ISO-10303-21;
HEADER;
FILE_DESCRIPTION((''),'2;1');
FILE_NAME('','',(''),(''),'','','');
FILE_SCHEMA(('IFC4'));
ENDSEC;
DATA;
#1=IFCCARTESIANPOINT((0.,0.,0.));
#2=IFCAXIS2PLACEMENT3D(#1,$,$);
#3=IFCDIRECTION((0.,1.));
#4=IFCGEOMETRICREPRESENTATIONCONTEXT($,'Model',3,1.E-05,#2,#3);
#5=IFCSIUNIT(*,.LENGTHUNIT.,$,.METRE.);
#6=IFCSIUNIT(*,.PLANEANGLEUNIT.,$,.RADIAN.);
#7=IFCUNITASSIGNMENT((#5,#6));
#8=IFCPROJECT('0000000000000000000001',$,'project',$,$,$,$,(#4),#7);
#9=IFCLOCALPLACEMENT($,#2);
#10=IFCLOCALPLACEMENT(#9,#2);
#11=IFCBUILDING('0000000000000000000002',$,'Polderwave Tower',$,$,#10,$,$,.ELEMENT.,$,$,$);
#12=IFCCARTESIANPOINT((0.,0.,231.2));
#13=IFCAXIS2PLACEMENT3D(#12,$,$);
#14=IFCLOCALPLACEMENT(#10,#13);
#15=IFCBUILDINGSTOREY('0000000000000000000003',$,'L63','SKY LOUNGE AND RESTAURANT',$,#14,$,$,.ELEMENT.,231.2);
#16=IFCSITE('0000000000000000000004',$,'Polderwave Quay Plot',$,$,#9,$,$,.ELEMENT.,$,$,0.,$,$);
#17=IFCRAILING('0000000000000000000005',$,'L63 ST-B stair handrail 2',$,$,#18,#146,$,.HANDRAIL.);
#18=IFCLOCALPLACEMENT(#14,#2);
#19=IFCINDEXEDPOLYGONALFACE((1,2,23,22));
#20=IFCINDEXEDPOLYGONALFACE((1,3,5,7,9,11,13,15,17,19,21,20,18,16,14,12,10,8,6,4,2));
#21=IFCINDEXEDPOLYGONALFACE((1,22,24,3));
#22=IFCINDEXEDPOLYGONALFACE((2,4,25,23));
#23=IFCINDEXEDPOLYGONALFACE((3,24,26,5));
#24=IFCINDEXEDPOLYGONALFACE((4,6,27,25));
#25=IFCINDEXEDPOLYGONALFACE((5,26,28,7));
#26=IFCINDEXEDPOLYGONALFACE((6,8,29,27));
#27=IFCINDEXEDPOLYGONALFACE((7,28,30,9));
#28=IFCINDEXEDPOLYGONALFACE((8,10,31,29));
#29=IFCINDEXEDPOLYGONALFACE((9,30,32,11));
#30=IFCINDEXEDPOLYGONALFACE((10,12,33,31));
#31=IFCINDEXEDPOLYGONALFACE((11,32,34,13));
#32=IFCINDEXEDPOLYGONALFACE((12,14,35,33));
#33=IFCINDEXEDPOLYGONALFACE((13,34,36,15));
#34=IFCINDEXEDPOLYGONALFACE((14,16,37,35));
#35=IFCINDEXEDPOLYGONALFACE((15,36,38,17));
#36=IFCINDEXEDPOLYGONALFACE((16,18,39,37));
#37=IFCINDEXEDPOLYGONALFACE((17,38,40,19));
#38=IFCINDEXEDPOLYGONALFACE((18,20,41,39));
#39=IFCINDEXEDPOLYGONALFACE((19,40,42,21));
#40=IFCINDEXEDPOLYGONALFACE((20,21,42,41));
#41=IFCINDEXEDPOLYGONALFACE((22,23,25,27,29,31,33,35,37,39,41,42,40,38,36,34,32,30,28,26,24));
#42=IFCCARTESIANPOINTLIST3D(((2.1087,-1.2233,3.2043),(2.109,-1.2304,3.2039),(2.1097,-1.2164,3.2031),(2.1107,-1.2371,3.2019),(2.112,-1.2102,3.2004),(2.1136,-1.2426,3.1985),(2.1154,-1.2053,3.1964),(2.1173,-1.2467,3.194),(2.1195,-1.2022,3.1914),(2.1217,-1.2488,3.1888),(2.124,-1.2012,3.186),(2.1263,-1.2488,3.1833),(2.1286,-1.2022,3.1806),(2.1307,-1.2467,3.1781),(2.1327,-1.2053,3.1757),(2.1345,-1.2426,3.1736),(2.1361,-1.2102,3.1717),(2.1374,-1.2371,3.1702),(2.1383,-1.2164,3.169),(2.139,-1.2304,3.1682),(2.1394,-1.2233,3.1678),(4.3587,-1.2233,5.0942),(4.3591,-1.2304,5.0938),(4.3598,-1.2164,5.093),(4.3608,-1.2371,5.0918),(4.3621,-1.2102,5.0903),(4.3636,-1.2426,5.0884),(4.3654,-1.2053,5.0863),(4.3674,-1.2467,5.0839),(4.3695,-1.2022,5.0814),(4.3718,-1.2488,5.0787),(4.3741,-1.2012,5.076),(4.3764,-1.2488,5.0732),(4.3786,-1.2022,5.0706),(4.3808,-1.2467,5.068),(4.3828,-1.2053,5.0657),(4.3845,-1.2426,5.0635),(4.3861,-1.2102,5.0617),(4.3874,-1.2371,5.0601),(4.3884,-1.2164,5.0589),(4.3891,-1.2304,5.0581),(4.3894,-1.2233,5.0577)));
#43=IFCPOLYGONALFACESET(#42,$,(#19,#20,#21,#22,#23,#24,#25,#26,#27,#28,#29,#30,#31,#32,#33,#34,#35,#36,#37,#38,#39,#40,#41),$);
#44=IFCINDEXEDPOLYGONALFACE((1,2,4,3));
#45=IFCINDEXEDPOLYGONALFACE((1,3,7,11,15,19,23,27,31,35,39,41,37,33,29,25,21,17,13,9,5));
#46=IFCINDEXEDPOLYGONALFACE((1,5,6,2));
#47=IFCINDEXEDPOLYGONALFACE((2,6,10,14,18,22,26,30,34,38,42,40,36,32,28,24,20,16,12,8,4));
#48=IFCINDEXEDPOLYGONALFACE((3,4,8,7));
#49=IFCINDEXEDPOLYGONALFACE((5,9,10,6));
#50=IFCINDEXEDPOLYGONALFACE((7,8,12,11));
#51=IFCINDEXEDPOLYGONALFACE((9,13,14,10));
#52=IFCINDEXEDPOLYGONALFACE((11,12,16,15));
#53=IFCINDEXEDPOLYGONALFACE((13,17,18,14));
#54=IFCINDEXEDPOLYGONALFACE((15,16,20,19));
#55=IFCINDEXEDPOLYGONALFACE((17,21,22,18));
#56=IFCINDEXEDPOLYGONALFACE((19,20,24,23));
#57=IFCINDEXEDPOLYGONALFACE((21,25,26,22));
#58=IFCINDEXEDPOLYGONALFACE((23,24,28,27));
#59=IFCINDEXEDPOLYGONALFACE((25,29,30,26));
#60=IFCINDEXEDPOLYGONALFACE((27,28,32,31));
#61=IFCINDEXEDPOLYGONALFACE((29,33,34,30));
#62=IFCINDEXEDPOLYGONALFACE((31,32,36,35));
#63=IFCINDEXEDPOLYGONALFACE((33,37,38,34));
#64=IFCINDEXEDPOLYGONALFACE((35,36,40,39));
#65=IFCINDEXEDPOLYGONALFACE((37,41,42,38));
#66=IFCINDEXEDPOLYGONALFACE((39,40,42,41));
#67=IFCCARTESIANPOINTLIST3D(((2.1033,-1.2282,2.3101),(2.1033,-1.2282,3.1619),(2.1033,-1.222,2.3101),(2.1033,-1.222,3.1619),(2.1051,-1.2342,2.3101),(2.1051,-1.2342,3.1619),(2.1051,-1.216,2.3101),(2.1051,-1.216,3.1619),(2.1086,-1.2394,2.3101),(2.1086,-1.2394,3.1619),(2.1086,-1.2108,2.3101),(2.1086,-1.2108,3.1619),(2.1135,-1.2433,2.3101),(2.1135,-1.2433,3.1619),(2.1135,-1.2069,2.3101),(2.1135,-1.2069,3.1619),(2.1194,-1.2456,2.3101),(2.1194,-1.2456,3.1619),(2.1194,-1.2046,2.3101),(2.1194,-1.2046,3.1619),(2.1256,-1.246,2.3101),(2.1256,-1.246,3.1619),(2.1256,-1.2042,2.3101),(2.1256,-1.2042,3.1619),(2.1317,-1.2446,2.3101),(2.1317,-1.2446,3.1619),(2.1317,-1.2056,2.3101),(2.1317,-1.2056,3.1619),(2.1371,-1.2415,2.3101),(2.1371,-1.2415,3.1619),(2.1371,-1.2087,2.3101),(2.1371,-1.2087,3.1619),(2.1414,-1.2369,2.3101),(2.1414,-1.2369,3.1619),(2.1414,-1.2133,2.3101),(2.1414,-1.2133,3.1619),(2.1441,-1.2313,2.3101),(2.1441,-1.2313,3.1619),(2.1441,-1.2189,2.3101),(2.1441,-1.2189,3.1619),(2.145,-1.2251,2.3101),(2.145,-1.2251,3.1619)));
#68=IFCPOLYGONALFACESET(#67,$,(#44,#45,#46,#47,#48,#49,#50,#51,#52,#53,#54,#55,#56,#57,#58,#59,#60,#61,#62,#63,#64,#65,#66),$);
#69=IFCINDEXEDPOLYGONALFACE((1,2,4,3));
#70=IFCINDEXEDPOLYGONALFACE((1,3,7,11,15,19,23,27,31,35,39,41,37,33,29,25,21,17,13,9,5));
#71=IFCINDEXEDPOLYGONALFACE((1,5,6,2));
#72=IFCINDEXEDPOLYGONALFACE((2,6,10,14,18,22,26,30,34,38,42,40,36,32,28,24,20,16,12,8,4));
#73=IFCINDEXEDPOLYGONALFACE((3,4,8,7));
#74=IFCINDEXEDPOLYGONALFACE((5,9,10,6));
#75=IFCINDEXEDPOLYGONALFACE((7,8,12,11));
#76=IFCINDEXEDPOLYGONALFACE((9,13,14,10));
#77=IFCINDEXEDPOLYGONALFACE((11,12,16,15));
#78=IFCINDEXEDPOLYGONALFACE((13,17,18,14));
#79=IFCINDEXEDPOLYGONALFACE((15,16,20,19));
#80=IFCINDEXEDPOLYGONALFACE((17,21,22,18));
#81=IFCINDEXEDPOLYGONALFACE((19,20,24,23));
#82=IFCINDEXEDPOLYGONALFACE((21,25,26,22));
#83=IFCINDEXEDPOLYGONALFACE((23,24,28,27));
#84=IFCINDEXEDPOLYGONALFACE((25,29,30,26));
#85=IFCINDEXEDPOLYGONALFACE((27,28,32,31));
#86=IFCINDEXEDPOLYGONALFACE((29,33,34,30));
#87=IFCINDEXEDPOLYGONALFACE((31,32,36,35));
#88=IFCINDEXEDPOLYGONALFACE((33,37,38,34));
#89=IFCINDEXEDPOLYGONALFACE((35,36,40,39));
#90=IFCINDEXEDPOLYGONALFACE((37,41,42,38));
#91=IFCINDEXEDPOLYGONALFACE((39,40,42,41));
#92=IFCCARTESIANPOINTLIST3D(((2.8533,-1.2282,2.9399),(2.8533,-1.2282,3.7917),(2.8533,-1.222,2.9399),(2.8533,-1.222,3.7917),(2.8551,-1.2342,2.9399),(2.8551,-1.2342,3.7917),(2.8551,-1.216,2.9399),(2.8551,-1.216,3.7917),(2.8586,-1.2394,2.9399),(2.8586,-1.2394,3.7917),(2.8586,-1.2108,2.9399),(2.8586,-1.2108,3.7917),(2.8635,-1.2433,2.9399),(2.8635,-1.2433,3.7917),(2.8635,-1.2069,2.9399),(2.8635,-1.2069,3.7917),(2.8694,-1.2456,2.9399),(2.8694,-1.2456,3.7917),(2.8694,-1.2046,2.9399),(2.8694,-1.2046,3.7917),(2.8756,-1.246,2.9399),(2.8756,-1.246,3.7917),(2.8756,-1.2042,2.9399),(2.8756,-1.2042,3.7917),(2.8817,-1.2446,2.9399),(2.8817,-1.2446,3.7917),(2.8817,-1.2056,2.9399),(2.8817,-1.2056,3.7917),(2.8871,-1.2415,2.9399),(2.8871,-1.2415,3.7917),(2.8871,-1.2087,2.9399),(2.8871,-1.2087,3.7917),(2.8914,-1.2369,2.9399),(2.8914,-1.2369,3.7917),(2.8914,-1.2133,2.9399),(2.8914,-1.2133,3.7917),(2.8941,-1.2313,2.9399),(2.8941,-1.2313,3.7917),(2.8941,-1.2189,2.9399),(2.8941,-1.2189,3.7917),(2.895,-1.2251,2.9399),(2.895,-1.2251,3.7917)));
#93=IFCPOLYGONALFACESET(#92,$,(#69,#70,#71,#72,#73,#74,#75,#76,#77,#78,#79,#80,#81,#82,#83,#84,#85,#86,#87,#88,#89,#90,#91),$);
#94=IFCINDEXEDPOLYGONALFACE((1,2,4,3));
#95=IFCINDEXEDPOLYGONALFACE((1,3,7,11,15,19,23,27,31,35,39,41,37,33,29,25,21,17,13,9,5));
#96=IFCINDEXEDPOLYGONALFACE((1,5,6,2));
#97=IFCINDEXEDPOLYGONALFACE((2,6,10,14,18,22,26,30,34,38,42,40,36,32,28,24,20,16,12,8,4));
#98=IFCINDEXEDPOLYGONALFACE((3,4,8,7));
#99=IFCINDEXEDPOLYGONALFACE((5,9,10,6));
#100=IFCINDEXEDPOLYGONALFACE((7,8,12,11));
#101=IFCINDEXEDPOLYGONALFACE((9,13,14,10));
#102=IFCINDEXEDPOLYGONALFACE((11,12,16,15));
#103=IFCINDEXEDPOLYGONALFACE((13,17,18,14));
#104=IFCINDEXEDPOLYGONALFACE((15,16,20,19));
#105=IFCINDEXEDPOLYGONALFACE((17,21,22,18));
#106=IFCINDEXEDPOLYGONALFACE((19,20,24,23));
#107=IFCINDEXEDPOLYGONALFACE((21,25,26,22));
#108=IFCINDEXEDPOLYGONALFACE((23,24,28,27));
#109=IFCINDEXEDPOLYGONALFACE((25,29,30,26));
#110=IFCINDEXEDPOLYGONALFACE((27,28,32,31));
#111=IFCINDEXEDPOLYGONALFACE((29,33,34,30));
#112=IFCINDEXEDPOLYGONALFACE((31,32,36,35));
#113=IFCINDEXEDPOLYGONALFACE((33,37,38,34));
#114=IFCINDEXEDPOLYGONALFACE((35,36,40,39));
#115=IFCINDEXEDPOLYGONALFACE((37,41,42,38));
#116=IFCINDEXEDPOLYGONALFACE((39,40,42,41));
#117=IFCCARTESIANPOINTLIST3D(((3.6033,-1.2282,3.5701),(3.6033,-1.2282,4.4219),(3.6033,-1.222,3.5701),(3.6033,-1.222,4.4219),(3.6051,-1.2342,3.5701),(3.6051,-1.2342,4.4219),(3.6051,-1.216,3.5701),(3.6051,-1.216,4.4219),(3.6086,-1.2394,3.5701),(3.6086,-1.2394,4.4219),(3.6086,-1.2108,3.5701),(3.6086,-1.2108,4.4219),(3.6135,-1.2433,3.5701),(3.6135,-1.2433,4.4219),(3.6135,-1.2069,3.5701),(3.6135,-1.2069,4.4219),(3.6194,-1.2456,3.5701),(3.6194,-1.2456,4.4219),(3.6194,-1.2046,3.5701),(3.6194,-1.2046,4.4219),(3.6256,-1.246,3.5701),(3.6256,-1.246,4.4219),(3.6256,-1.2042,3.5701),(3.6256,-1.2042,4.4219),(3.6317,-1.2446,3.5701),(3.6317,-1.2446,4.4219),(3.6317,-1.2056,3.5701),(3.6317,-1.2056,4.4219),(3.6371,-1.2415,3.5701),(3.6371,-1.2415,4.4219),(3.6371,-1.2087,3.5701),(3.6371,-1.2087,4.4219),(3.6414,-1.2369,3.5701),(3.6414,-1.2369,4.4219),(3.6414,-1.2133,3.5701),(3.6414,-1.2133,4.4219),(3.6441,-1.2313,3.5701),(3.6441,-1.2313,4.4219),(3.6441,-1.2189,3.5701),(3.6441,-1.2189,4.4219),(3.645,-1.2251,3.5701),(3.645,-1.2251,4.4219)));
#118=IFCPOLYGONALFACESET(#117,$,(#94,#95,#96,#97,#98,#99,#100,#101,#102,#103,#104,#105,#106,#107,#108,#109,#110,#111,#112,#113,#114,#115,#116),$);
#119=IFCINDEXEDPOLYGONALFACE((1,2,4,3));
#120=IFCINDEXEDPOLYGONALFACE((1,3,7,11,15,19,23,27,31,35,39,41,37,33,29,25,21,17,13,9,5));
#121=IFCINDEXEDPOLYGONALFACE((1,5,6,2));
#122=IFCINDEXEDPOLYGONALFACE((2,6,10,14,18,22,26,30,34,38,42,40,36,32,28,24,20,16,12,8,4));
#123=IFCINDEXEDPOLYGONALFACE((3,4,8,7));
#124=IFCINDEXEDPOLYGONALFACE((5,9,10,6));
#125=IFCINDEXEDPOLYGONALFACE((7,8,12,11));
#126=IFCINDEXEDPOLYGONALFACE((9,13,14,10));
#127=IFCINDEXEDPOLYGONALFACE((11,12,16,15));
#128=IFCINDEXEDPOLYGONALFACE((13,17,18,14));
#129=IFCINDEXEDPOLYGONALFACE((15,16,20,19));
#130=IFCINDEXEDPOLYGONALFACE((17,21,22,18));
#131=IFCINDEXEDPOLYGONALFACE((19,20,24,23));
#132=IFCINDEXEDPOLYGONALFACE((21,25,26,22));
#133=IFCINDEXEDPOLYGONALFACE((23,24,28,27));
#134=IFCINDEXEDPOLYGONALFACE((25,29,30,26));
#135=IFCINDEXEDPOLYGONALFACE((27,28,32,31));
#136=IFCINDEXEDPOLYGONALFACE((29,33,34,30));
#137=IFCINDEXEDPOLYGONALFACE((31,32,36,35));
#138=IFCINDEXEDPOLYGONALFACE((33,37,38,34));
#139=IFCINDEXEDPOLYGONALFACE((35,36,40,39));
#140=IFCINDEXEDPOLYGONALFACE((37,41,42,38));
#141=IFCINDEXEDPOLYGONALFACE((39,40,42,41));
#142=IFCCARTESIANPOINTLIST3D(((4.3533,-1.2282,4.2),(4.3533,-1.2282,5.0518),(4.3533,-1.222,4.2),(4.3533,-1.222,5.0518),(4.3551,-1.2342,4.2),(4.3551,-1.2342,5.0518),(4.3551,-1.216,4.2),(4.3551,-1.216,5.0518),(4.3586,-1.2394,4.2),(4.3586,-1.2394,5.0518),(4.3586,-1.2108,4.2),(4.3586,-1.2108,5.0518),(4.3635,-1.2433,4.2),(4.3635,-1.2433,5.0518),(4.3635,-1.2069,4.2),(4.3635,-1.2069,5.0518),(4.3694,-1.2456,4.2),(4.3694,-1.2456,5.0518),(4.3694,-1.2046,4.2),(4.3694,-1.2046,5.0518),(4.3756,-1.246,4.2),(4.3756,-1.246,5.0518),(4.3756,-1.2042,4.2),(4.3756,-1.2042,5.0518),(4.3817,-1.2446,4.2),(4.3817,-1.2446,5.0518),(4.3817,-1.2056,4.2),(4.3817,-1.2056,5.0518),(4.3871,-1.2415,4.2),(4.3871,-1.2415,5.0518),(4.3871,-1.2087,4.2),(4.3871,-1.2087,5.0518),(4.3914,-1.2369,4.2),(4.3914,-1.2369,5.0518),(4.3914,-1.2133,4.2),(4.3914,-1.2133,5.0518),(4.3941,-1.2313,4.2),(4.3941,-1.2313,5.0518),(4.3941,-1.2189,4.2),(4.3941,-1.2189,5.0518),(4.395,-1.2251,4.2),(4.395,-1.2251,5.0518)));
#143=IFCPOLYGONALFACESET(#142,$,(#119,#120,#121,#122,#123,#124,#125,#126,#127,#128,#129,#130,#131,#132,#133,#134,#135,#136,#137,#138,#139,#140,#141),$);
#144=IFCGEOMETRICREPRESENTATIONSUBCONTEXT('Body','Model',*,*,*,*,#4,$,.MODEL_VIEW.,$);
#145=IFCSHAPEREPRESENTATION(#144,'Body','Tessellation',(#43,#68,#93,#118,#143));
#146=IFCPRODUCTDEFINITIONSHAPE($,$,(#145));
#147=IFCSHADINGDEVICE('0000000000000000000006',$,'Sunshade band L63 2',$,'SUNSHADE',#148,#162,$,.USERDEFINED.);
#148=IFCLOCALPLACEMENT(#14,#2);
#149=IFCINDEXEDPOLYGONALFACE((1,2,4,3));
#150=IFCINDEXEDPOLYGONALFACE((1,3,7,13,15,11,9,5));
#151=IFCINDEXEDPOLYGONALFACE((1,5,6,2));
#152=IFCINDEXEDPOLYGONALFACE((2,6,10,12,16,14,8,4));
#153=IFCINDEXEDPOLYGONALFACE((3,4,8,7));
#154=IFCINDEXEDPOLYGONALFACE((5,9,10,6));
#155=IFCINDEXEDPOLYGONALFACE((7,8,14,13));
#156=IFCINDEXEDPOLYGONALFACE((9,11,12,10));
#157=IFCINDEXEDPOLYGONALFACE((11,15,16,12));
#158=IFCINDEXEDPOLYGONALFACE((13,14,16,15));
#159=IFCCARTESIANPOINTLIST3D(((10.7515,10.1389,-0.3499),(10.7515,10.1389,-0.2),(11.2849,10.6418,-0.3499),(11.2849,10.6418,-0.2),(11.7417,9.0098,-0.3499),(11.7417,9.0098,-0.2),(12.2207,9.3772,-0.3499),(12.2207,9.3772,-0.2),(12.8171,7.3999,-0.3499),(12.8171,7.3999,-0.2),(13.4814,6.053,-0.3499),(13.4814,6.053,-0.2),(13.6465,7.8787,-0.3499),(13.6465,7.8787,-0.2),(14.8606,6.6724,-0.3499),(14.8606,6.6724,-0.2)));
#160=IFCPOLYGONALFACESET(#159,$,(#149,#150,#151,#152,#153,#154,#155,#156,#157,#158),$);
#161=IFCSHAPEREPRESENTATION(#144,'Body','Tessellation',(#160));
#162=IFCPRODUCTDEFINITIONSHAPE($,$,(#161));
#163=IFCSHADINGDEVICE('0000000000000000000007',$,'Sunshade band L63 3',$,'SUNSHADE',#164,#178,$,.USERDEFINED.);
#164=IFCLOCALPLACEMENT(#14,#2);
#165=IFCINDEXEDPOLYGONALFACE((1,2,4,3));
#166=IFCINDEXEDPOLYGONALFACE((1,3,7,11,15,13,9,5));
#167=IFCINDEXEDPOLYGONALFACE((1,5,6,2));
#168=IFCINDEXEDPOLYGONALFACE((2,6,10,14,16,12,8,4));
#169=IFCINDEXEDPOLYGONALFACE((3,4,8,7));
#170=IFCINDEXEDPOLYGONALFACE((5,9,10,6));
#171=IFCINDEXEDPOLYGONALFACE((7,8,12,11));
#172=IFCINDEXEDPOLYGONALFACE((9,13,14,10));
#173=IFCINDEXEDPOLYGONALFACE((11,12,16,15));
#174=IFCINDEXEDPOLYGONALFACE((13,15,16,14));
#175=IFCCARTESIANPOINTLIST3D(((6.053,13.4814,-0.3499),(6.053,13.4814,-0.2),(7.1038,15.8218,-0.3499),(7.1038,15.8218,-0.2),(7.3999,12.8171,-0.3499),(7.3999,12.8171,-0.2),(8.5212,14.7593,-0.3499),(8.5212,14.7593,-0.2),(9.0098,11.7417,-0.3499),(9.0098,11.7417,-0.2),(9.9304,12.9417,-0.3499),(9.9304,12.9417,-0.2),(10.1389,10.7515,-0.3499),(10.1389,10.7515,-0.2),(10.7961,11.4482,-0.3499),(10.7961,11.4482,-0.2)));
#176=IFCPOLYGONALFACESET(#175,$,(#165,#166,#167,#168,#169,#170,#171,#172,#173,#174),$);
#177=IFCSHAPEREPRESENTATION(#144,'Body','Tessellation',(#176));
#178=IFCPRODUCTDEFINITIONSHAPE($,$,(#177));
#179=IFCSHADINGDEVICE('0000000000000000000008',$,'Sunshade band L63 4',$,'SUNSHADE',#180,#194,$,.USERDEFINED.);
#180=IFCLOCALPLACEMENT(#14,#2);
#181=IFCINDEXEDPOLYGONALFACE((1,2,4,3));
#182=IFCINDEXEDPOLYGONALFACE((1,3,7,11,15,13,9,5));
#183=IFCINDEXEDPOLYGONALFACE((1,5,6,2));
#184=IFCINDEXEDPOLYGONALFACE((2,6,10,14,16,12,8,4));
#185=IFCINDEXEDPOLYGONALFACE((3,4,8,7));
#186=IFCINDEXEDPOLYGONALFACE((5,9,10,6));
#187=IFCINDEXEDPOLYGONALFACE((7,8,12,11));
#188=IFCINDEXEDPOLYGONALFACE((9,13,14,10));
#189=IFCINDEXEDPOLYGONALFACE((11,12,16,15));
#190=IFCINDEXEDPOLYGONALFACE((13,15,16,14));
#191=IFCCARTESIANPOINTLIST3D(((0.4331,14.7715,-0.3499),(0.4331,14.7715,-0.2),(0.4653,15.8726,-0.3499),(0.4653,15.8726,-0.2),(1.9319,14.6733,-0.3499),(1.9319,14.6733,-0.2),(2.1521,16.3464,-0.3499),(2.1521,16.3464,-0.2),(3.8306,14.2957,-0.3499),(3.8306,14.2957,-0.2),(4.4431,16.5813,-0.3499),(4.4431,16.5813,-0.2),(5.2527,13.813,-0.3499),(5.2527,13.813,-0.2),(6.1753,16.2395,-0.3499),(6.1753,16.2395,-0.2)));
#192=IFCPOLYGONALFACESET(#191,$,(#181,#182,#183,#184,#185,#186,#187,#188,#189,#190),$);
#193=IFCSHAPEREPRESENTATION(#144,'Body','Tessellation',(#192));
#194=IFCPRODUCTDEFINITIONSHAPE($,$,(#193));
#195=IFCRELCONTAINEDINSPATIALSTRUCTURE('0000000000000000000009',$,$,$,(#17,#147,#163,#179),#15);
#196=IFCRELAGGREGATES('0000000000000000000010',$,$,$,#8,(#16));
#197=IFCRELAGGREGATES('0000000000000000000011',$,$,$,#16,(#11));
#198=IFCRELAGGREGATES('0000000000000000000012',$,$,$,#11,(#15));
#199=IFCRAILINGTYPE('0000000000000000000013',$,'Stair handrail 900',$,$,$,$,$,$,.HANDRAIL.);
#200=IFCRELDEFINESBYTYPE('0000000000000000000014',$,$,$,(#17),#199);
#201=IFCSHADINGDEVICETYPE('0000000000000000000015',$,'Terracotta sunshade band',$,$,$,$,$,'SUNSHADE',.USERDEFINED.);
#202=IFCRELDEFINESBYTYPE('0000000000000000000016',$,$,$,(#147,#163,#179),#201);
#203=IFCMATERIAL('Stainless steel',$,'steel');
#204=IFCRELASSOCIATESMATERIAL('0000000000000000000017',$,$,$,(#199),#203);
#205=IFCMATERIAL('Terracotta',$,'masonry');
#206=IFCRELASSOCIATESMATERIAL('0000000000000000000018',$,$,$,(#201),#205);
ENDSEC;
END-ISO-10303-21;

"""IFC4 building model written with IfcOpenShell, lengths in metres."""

from ifc_helpers import new_model, si_unit, direction, frame, origin, origin_2d, place, context, subcontext, project, spatial, polyline, circle, outline, extrude, material, type_object, element, save


model = new_model("IFC4")

# Units and contexts
model_context = context("Model", 3, precision=1e-05, world=origin(), true_north=direction((0.0, 1.0)))
body_context = subcontext(model_context, "Body", "Model", "MODEL_VIEW")
ifc_project = project(units=[si_unit("LENGTHUNIT", "METRE"), si_unit("PLANEANGLEUNIT", "RADIAN")], contexts=[model_context])

# Site, building, storey
site_placement = place(None, origin())
site = spatial("IfcSite", under=ifc_project, at=site_placement, Name="Polderwave Quay Plot", CompositionType="ELEMENT", RefElevation=0.0)
building_placement = place(site_placement, origin())
building = spatial("IfcBuilding", under=site, at=building_placement, Name="Polderwave Tower", CompositionType="ELEMENT")
storey_placement = place(building_placement, frame((0.0, 0.0, 231.2)))
storey = spatial("IfcBuildingStorey", under=building, at=storey_placement, Name="L63", Description="SKY LOUNGE AND RESTAURANT", CompositionType="ELEMENT", Elevation=231.2)

# Railing
ifc_material_1 = material(Name="Stainless steel", Category="steel")
railing_type_1 = type_object("IfcRailingType", Name="Stair handrail 900", PredefinedType="HANDRAIL", material=ifc_material_1)
railing_1_placement = place(storey_placement, frame((2.124, -1.2251, 2.3101)))
element("IfcRailing", 1, at=railing_1_placement, inside=storey, type_object=railing_type_1, Name="L63 ST-B stair handrail 2", PredefinedType="HANDRAIL", context=body_context, shape_type="SweptSolid", body=[
    extrude(circle(Radius=0.0239, at=origin_2d()), frame((0.0, 0.0, 0.876), z_axis=(0.765723, 0.0, 0.643171), x_axis=(0.0, 1.0, 0.0)), (0.0, 0.0, 1.0), 2.9385),
    extrude(circle(Radius=0.021, at=origin_2d()), origin(), (0.0, 0.0, 1.0), 0.8518),
    extrude(circle(Radius=0.021, at=origin_2d()), frame((0.75, 0.0, 0.6299)), (0.0, 0.0, 1.0), 0.8518),
    extrude(circle(Radius=0.021, at=origin_2d()), frame((1.5, 0.0, 1.26)), (0.0, 0.0, 1.0), 0.8518),
    extrude(circle(Radius=0.021, at=origin_2d()), frame((2.25, 0.0, 1.8899)), (0.0, 0.0, 1.0), 0.8518),
])

# Shading devices
ifc_material_2 = material(Name="Terracotta", Category="masonry")
shading_device_type = type_object("IfcShadingDeviceType", Name="Terracotta sunshade band", ElementType="SUNSHADE", PredefinedType="USERDEFINED", material=ifc_material_2)
shading_device_1_placement = place(storey_placement, frame((0.0, 0.0, -0.3499)))
element("IfcShadingDevice", 2, at=shading_device_1_placement, inside=storey, type_object=shading_device_type, Name="Sunshade band L63 2", ObjectType="SUNSHADE", PredefinedType="USERDEFINED", context=body_context, shape_type="SweptSolid", body=[
    extrude(outline(polyline([(13.4814, 6.053), (12.8171, 7.3999), (11.7417, 9.0098), (10.7515, 10.1389), (11.2849, 10.6418), (12.2207, 9.3772), (13.6465, 7.8787), (14.8606, 6.6724), (13.4814, 6.053)])), origin(), (0.0, 0.0, 1.0), 0.1499),
])
shading_device_2_placement = place(storey_placement, frame((0.0, 0.0, -0.3499)))
element("IfcShadingDevice", 3, at=shading_device_2_placement, inside=storey, type_object=shading_device_type, Name="Sunshade band L63 3", ObjectType="SUNSHADE", PredefinedType="USERDEFINED", context=body_context, shape_type="SweptSolid", body=[
    extrude(outline(polyline([(10.1389, 10.7515), (9.0098, 11.7417), (7.3999, 12.8171), (6.053, 13.4814), (7.1038, 15.8218), (8.5212, 14.7593), (9.9304, 12.9417), (10.7961, 11.4482), (10.1389, 10.7515)])), origin(), (0.0, 0.0, 1.0), 0.1499),
])
shading_device_3_placement = place(storey_placement, frame((0.0, 0.0, -0.3499)))
element("IfcShadingDevice", 4, at=shading_device_3_placement, inside=storey, type_object=shading_device_type, Name="Sunshade band L63 4", ObjectType="SUNSHADE", PredefinedType="USERDEFINED", context=body_context, shape_type="SweptSolid", body=[
    extrude(outline(polyline([(5.2527, 13.813), (3.8306, 14.2957), (1.9319, 14.6733), (0.4331, 14.7715), (0.4653, 15.8726), (2.1521, 16.3464), (4.4431, 16.5813), (6.1753, 16.2395), (5.2527, 13.813)])), origin(), (0.0, 0.0, 1.0), 0.1499),
])

save(model, "model.ifc")
